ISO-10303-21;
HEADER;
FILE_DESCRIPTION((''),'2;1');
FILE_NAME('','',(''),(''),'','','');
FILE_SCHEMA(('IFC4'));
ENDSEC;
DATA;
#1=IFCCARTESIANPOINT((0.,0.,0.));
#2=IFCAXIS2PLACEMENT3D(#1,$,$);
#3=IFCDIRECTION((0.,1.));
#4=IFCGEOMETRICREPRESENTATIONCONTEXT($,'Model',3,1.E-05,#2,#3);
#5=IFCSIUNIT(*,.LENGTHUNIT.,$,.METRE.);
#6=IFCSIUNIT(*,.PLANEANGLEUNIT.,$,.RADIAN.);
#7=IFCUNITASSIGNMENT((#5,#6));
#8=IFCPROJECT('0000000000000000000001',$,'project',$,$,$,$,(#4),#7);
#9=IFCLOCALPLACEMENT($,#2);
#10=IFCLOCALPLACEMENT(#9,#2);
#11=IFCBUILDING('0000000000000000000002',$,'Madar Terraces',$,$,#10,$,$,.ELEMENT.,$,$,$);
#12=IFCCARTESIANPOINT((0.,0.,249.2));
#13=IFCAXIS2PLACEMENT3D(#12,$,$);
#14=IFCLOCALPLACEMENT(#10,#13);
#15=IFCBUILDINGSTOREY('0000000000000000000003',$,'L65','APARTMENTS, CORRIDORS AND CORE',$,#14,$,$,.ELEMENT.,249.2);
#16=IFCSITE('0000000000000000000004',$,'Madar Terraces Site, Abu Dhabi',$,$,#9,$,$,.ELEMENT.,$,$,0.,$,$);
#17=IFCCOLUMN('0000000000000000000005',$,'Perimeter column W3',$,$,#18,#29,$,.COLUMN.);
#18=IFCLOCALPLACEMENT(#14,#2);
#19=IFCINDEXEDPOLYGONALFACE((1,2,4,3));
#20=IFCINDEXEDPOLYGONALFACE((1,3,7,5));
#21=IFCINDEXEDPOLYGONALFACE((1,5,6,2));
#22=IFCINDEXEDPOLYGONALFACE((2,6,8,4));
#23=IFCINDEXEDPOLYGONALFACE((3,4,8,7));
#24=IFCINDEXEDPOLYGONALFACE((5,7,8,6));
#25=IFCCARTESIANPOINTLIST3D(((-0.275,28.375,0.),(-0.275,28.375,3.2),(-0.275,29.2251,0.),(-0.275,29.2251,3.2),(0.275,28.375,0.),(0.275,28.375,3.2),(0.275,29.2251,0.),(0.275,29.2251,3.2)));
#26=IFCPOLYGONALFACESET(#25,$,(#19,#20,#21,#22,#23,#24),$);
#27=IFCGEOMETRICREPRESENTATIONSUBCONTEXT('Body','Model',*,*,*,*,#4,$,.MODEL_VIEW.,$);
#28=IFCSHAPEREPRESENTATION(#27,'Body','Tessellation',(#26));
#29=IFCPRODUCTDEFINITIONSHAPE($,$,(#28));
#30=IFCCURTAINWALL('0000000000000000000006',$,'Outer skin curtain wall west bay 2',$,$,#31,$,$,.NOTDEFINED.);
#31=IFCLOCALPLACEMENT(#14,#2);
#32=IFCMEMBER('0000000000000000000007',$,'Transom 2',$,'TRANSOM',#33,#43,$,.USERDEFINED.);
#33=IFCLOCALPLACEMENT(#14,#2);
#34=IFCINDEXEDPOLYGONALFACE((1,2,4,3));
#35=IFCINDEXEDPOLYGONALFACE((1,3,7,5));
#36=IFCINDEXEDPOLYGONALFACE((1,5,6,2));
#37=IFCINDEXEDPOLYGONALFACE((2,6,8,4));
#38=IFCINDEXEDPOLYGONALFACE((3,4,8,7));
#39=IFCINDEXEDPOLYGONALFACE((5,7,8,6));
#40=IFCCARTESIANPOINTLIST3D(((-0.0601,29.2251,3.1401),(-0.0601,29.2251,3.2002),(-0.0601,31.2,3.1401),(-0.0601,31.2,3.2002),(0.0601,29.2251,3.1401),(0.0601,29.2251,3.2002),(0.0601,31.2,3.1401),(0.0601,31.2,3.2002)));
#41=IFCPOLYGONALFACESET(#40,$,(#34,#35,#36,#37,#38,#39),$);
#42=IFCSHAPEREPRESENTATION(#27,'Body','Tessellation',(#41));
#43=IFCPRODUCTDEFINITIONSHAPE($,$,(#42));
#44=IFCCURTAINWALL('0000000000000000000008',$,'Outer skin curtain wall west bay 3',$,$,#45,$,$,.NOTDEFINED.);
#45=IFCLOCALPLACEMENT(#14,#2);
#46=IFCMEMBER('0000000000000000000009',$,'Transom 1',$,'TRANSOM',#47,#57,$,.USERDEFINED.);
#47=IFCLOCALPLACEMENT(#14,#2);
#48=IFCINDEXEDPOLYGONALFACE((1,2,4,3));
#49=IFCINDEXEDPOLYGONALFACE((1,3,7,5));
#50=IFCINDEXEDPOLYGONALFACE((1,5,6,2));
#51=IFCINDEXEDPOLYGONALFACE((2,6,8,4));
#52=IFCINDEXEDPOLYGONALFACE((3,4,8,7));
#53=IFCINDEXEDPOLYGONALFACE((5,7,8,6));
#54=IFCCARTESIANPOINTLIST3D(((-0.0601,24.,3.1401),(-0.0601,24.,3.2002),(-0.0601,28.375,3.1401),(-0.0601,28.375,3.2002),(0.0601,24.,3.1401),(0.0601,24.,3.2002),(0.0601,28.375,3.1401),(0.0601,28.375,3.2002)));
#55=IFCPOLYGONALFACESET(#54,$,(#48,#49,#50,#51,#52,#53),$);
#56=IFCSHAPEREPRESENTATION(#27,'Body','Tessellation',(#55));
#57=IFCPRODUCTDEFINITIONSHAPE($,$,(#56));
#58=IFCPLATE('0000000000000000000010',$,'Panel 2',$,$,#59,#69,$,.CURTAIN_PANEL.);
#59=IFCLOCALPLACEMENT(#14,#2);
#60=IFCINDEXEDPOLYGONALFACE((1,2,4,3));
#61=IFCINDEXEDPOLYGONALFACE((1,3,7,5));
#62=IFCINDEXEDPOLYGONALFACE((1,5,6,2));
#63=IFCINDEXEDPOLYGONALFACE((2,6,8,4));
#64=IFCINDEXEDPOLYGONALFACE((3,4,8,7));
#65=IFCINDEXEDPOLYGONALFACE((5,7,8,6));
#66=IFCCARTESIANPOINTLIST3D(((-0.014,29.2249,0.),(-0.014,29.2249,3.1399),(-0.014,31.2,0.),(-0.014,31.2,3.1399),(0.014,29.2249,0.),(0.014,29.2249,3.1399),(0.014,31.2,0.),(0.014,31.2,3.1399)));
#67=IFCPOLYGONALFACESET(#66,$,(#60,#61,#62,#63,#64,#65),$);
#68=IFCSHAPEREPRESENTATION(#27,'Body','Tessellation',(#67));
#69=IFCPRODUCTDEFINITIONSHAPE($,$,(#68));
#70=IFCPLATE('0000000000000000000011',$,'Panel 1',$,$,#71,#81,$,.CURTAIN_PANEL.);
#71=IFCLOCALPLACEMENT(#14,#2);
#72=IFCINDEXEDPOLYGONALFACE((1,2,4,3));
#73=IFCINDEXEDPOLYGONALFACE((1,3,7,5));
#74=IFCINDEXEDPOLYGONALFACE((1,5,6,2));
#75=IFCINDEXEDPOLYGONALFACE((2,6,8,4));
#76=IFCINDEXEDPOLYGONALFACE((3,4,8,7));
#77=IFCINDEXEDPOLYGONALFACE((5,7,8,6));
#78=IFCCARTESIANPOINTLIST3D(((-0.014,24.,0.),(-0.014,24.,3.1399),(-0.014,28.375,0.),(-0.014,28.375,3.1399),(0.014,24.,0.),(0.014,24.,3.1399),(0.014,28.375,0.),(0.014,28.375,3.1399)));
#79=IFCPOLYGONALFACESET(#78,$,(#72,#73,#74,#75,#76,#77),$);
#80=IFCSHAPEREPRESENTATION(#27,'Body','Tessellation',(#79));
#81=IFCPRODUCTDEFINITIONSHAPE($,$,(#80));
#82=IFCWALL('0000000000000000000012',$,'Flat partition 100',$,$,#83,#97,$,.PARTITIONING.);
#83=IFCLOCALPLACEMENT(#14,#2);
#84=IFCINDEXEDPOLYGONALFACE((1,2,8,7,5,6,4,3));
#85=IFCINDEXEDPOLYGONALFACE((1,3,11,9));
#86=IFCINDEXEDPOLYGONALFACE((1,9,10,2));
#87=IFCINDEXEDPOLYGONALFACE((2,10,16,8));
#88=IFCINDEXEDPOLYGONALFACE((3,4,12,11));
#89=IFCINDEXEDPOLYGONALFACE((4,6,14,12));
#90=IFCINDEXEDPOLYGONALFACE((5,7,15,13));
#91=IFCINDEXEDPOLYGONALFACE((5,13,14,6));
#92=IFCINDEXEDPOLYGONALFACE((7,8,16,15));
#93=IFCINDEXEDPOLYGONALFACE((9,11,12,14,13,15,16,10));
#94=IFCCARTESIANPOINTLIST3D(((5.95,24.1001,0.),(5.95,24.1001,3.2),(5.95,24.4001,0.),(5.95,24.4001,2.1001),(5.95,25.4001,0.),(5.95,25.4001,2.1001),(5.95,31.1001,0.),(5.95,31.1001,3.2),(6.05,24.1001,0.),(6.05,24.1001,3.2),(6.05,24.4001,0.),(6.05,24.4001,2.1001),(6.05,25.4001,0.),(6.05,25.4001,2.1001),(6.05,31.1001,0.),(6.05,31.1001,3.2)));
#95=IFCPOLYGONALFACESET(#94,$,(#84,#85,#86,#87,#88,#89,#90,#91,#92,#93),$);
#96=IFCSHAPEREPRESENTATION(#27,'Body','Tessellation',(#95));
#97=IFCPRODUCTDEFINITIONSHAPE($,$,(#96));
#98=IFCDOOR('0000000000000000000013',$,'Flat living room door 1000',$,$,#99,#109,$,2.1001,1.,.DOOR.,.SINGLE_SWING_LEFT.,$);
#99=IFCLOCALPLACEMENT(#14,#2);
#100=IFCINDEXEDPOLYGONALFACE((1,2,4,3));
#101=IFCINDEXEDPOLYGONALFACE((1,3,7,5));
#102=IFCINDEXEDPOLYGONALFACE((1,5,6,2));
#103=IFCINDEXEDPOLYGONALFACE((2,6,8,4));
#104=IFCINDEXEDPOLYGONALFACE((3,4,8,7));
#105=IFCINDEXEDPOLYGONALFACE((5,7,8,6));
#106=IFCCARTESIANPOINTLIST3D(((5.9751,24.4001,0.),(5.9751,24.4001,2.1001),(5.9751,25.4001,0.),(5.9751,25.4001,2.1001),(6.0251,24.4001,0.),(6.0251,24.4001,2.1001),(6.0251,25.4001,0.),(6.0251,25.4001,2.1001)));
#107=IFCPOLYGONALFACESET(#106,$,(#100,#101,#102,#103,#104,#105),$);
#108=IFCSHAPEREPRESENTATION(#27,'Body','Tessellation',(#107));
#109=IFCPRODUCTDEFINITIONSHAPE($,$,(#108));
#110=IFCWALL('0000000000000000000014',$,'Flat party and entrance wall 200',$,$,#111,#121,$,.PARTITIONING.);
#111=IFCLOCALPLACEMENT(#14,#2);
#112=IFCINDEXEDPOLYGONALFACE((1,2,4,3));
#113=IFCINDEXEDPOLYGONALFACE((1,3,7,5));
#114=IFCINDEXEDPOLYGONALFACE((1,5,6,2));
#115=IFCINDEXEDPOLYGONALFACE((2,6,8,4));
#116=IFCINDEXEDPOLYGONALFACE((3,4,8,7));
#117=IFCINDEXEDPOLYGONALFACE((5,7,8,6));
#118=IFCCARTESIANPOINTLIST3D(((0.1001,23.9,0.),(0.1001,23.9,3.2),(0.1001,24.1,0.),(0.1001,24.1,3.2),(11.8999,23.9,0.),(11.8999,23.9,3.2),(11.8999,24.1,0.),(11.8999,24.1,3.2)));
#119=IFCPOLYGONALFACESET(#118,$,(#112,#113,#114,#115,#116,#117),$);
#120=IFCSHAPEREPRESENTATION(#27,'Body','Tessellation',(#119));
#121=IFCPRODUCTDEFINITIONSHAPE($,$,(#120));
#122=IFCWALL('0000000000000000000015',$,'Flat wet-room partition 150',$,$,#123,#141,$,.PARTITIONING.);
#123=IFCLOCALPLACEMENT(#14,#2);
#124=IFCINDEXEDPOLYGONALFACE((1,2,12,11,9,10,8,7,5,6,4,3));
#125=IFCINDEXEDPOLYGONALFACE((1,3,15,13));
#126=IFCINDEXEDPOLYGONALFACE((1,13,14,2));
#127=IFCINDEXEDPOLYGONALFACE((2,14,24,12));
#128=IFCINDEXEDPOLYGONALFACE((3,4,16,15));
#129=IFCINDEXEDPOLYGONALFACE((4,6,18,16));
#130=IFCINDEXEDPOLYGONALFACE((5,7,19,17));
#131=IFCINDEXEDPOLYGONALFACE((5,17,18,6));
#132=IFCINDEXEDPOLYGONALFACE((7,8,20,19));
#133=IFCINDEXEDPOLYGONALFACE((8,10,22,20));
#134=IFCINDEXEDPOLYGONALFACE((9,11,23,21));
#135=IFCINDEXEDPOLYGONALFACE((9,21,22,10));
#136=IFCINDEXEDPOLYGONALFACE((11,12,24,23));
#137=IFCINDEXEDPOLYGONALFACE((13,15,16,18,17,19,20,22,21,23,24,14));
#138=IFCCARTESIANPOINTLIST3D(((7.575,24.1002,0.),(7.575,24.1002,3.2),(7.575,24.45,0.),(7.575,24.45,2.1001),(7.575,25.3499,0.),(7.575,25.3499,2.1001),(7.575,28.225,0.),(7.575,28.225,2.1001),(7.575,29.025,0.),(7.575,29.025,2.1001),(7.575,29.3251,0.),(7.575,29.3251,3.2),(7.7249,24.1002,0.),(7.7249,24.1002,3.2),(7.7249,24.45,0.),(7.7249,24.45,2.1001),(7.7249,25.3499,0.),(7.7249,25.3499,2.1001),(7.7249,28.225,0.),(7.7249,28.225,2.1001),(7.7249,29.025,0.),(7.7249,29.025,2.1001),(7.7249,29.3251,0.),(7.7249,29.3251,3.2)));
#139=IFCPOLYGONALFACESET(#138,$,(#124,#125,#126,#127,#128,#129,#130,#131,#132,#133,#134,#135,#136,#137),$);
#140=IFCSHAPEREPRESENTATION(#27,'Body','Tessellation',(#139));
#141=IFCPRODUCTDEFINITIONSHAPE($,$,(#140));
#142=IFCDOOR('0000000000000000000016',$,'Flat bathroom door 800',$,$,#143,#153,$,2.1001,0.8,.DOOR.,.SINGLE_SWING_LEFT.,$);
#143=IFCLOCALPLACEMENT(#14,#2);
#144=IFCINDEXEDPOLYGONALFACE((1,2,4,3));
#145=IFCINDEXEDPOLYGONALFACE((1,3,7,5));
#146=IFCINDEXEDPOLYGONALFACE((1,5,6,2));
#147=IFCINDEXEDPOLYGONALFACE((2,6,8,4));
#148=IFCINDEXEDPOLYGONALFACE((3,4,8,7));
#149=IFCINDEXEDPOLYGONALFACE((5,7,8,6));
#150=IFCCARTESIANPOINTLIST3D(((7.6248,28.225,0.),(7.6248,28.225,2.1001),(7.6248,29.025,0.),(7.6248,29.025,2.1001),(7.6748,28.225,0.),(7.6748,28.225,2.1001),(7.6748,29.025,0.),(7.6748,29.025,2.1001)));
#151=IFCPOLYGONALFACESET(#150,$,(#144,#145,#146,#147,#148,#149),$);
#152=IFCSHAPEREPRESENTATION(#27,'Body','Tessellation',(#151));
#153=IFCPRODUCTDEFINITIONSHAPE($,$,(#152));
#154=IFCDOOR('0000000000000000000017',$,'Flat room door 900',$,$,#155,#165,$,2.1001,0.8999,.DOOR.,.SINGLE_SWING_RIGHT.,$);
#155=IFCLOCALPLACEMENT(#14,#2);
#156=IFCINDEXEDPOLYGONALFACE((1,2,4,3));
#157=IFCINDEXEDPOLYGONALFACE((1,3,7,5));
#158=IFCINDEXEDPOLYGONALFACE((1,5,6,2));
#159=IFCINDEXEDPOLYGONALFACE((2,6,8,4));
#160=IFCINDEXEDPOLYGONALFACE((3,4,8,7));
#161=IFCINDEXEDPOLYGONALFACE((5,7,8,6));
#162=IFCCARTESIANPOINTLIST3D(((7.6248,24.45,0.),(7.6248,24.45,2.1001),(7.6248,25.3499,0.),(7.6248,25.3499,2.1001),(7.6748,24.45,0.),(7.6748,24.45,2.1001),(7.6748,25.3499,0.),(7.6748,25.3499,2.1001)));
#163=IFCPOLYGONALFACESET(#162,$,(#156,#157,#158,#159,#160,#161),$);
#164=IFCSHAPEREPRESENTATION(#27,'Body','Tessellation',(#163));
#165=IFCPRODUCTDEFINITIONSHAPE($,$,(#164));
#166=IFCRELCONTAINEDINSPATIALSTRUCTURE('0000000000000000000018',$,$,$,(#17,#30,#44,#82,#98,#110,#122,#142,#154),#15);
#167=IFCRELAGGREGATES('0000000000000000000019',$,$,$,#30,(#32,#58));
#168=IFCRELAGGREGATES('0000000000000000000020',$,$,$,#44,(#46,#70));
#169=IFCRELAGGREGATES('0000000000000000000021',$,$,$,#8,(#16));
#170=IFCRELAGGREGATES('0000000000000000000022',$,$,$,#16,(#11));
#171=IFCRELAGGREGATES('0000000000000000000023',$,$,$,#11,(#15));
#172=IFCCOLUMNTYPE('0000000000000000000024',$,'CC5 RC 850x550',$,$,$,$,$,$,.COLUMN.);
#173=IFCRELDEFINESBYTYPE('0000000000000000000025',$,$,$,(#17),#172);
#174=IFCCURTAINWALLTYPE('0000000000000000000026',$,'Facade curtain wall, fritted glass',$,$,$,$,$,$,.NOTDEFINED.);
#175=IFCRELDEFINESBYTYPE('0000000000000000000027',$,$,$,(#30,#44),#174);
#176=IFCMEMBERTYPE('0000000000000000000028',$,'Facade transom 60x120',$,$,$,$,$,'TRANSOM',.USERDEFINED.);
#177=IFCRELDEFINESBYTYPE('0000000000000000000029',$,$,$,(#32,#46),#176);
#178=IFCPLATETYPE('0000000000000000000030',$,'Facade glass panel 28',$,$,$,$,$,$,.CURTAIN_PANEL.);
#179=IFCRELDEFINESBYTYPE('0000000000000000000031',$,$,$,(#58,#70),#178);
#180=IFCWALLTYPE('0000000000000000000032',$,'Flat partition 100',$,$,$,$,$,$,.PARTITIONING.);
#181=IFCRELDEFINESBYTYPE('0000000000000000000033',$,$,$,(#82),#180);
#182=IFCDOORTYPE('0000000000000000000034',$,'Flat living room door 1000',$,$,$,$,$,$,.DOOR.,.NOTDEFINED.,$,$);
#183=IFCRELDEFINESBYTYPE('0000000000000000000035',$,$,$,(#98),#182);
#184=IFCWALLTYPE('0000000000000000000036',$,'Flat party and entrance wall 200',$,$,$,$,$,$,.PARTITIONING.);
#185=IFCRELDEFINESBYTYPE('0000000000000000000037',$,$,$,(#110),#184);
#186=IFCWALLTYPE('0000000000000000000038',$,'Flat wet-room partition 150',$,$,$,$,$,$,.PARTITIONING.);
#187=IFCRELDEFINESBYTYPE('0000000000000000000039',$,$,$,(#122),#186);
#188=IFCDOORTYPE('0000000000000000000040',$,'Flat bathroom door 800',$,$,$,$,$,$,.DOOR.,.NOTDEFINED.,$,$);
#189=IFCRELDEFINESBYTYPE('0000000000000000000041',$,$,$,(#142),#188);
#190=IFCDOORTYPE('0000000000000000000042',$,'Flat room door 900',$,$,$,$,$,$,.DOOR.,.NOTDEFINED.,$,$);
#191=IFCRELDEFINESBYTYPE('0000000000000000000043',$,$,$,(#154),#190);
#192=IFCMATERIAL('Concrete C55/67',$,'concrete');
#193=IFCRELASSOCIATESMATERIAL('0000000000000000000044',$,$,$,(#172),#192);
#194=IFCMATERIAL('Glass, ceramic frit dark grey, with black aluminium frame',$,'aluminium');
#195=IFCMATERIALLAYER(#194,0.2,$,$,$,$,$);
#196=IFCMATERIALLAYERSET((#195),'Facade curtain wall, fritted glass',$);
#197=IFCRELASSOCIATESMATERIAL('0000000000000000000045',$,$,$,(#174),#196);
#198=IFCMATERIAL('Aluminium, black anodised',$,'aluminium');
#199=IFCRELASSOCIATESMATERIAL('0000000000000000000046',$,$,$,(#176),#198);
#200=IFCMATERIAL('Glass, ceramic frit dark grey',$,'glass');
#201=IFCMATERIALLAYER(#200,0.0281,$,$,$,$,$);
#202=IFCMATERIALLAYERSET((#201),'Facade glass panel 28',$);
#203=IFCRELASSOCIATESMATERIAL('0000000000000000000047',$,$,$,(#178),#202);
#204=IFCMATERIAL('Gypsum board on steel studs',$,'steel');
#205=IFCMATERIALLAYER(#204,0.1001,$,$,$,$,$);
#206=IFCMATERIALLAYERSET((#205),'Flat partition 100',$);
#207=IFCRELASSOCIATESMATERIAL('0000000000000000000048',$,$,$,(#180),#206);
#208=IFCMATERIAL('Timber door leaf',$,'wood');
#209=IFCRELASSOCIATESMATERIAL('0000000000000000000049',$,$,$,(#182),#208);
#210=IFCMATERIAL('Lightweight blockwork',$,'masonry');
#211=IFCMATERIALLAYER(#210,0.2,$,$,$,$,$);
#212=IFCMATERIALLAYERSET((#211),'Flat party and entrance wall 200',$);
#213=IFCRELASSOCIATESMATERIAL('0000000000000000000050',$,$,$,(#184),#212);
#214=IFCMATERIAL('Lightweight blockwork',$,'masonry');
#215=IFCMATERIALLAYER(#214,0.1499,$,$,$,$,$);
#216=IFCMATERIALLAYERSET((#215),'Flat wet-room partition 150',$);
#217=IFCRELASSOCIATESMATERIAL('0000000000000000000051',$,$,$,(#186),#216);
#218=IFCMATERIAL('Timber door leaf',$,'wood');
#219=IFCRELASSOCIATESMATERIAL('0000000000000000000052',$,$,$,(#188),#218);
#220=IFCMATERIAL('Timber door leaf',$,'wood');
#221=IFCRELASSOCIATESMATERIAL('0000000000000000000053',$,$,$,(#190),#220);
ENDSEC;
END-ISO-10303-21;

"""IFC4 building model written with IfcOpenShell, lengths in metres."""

from ifc_helpers import new_model, si_unit, direction, frame, frame_2d, origin, origin_2d, place, context, subcontext, project, spatial, rectangle, extrude, material, layer, layer_set, material_profile, profile_set, type_object, element, fill, aggregate, save


model = new_model("IFC4")

# Units and contexts
model_context = context("Model", 3, precision=1e-05, world=origin(), true_north=direction((0.0, 1.0)))
body_context = subcontext(model_context, "Body", "Model", "MODEL_VIEW")
ifc_project = project(units=[si_unit("LENGTHUNIT", "METRE"), si_unit("PLANEANGLEUNIT", "RADIAN")], contexts=[model_context])

# Site, building, storey
site_placement = place(None, origin())
site = spatial("IfcSite", under=ifc_project, at=site_placement, Name="Madar Terraces Site, Abu Dhabi", CompositionType="ELEMENT", RefElevation=0.0)
building_placement = place(site_placement, origin())
building = spatial("IfcBuilding", under=site, at=building_placement, Name="Madar Terraces", CompositionType="ELEMENT")
storey_placement = place(building_placement, frame((0.0, 0.0, 249.2)))
storey = spatial("IfcBuildingStorey", under=building, at=storey_placement, Name="L65", Description="APARTMENTS, CORRIDORS AND CORE", CompositionType="ELEMENT", Elevation=249.2)

# Column
ifc_material_1 = material(Name="Concrete C55/67", Category="concrete")
ifc_material_profile_1 = material_profile(ifc_material_1, rectangle(XDim=0.8501, YDim=0.55, at=origin_2d()), Name="CC5 RC 850x550")
ifc_profile_set_1 = profile_set([ifc_material_profile_1], Name="Concrete C55/67")
column_type = type_object("IfcColumnType", Name="CC5 RC 850x550", PredefinedType="COLUMN", material=ifc_profile_set_1)
column_placement = place(storey_placement, frame((0.0, 28.8, 0.0), z_axis=(0.0, 0.0, 1.0), x_axis=(0.0, 1.0, 0.0)))
element("IfcColumn", 1, at=column_placement, inside=storey, type_object=column_type, Name="Perimeter column W3", PredefinedType="COLUMN", context=body_context, shape_type="SweptSolid", body=[
    extrude(rectangle(XDim=0.8501, YDim=0.55, at=origin_2d()), origin(), (0.0, 0.0, 1.0), 3.2),
])

# Curtain walls, members
ifc_material_2 = material(Name="Glass, ceramic frit dark grey, with black aluminium frame", Category="aluminium")
ifc_layer_1 = layer(ifc_material_2, 0.2)
ifc_layer_set_1 = layer_set([ifc_layer_1], Name="Facade curtain wall, fritted glass")
curtain_wall_type = type_object("IfcCurtainWallType", Name="Facade curtain wall, fritted glass", PredefinedType="NOTDEFINED", material=ifc_layer_set_1)
curtain_wall_1_placement = place(storey_placement, origin())
curtain_wall_1 = element("IfcCurtainWall", 2, at=curtain_wall_1_placement, inside=storey, type_object=curtain_wall_type, Name="Outer skin curtain wall west bay 2", PredefinedType="NOTDEFINED")
ifc_material_3 = material(Name="Aluminium, black anodised", Category="aluminium")
ifc_material_profile_2 = material_profile(ifc_material_3, rectangle(XDim=0.1201, YDim=0.0601, at=origin_2d()), Name="Facade transom 60x120")
ifc_profile_set_2 = profile_set([ifc_material_profile_2], Name="Aluminium, black anodised")
member_type = type_object("IfcMemberType", Name="Facade transom 60x120", ElementType="TRANSOM", PredefinedType="USERDEFINED", material=ifc_profile_set_2)
member_1_placement = place(storey_placement, frame((0.0, 31.2, 3.1702), z_axis=(0.0, -1.0, 0.0), x_axis=(1.0, 0.0, 0.0)))
member_1 = element("IfcMember", 3, at=member_1_placement, type_object=member_type, Name="Transom 2", ObjectType="TRANSOM", PredefinedType="USERDEFINED", context=body_context, shape_type="SweptSolid", body=[
    extrude(rectangle(XDim=0.1201, YDim=0.0601, at=origin_2d()), origin(), (0.0, 0.0, 1.0), 1.9749),
])
curtain_wall_2_placement = place(storey_placement, origin())
curtain_wall_2 = element("IfcCurtainWall", 4, at=curtain_wall_2_placement, inside=storey, type_object=curtain_wall_type, Name="Outer skin curtain wall west bay 3", PredefinedType="NOTDEFINED")
member_2_placement = place(storey_placement, frame((0.0, 28.375, 3.1702), z_axis=(0.0, -1.0, 0.0), x_axis=(1.0, 0.0, 0.0)))
member_2 = element("IfcMember", 5, at=member_2_placement, type_object=member_type, Name="Transom 1", ObjectType="TRANSOM", PredefinedType="USERDEFINED", context=body_context, shape_type="SweptSolid", body=[
    extrude(rectangle(XDim=0.1201, YDim=0.0601, at=origin_2d()), origin(), (0.0, 0.0, 1.0), 4.375),
])

# Plates
ifc_material_4 = material(Name="Glass, ceramic frit dark grey", Category="glass")
ifc_layer_2 = layer(ifc_material_4, 0.0281)
ifc_layer_set_2 = layer_set([ifc_layer_2], Name="Facade glass panel 28")
plate_type = type_object("IfcPlateType", Name="Facade glass panel 28", PredefinedType="CURTAIN_PANEL", material=ifc_layer_set_2)
plate_1_placement = place(storey_placement, frame((0.0, 30.2124, 0.0), z_axis=(0.0, 0.0, 1.0), x_axis=(0.0, -1.0, 0.0)))
plate_1 = element("IfcPlate", 6, at=plate_1_placement, type_object=plate_type, Name="Panel 2", PredefinedType="CURTAIN_PANEL", context=body_context, shape_type="SweptSolid", body=[
    extrude(rectangle(XDim=1.9751, YDim=0.0281, at=origin_2d()), origin(), (0.0, 0.0, 1.0), 3.1399),
])
aggregate(curtain_wall_1, [member_1, plate_1])
plate_2_placement = place(storey_placement, frame((0.0, 26.1875, 0.0), z_axis=(0.0, 0.0, 1.0), x_axis=(0.0, -1.0, 0.0)))
plate_2 = element("IfcPlate", 7, at=plate_2_placement, type_object=plate_type, Name="Panel 1", PredefinedType="CURTAIN_PANEL", context=body_context, shape_type="SweptSolid", body=[
    extrude(rectangle(XDim=4.375, YDim=0.0281, at=origin_2d()), origin(), (0.0, 0.0, 1.0), 3.1399),
])
aggregate(curtain_wall_2, [member_2, plate_2])

# Wall, opening, door
ifc_material_5 = material(Name="Gypsum board on steel studs", Category="steel")
ifc_layer_3 = layer(ifc_material_5, 0.1001)
ifc_layer_set_3 = layer_set([ifc_layer_3], Name="Flat partition 100")
wall_type_1 = type_object("IfcWallType", Name="Flat partition 100", PredefinedType="PARTITIONING", material=ifc_layer_set_3)
wall_1_placement = place(storey_placement, frame((6.0, 24.1001, 0.0), z_axis=(0.0, 0.0, 1.0), x_axis=(0.0, 1.0, 0.0)))
wall_1 = element("IfcWall", 8, at=wall_1_placement, inside=storey, type_object=wall_type_1, Name="Flat partition 100", PredefinedType="PARTITIONING", context=body_context, shape_type="SweptSolid", body=[
    extrude(rectangle(XDim=7.0, YDim=0.1001, at=frame_2d((3.5, 0.0))), origin(), (0.0, 0.0, 1.0), 3.2),
])
opening_1_placement = place(wall_1_placement, frame((0.3, 0.0, 0.0)))
opening_1 = element("IfcOpeningElement", 9, at=opening_1_placement, cuts=wall_1, PredefinedType="OPENING", context=body_context, shape_type="SweptSolid", body=[
    extrude(rectangle(XDim=1.0, YDim=2.1001, at=frame_2d((0.5, 1.05))), frame((0.0, 0.0601, 0.0), z_axis=(0.0, -1.0, 0.0), x_axis=(1.0, 0.0, 0.0)), (0.0, 0.0, 1.0), 0.1201),
])
ifc_material_6 = material(Name="Timber door leaf", Category="wood")
door_type_1 = type_object("IfcDoorType", Name="Flat living room door 1000", OperationType="NOTDEFINED", PredefinedType="DOOR", material=ifc_material_6)
door_1_placement = place(opening_1_placement, origin())
door_1 = element("IfcDoor", 10, at=door_1_placement, inside=storey, type_object=door_type_1, Name="Flat living room door 1000", OperationType="SINGLE_SWING_LEFT", OverallHeight=2.1001, OverallWidth=1.0, PredefinedType="DOOR", context=body_context, shape_type="SweptSolid", body=[
    extrude(rectangle(XDim=1.0, YDim=2.1001, at=frame_2d((0.5, 1.05))), frame((0.0, 0.0249, 0.0), z_axis=(0.0, -1.0, 0.0), x_axis=(1.0, 0.0, 0.0)), (0.0, 0.0, 1.0), 0.05),
])
fill(opening_1, door_1)

# Wall
ifc_material_7 = material(Name="Lightweight blockwork", Category="masonry")
ifc_layer_4 = layer(ifc_material_7, 0.2)
ifc_layer_set_4 = layer_set([ifc_layer_4], Name="Flat party and entrance wall 200")
wall_type_2 = type_object("IfcWallType", Name="Flat party and entrance wall 200", PredefinedType="PARTITIONING", material=ifc_layer_set_4)
wall_2_placement = place(storey_placement, frame((0.1001, 24.0, 0.0), z_axis=(0.0, 0.0, 1.0), x_axis=(1.0, 0.0, 0.0)))
element("IfcWall", 11, at=wall_2_placement, inside=storey, type_object=wall_type_2, Name="Flat party and entrance wall 200", PredefinedType="PARTITIONING", context=body_context, shape_type="SweptSolid", body=[
    extrude(rectangle(XDim=11.7998, YDim=0.2, at=frame_2d((5.8999, 0.0))), origin(), (0.0, 0.0, 1.0), 3.2),
])

# Wall, openings, doors
ifc_material_8 = material(Name="Lightweight blockwork", Category="masonry")
ifc_layer_5 = layer(ifc_material_8, 0.1499)
ifc_layer_set_5 = layer_set([ifc_layer_5], Name="Flat wet-room partition 150")
wall_type_3 = type_object("IfcWallType", Name="Flat wet-room partition 150", PredefinedType="PARTITIONING", material=ifc_layer_set_5)
wall_3_placement = place(storey_placement, frame((7.6499, 29.325, 0.0), z_axis=(0.0, 0.0, 1.0), x_axis=(0.0, -1.0, 0.0)))
wall_3 = element("IfcWall", 12, at=wall_3_placement, inside=storey, type_object=wall_type_3, Name="Flat wet-room partition 150", PredefinedType="PARTITIONING", context=body_context, shape_type="SweptSolid", body=[
    extrude(rectangle(XDim=5.2249, YDim=0.1499, at=frame_2d((2.6123, 0.0))), origin(), (0.0, 0.0, 1.0), 3.2),
])
opening_2_placement = place(wall_3_placement, frame((0.3, 0.0, 0.0)))
opening_2 = element("IfcOpeningElement", 13, at=opening_2_placement, cuts=wall_3, PredefinedType="OPENING", context=body_context, shape_type="SweptSolid", body=[
    extrude(rectangle(XDim=0.8, YDim=2.1001, at=frame_2d((0.3999, 1.05))), frame((0.0, 0.085, 0.0), z_axis=(0.0, -1.0, 0.0), x_axis=(1.0, 0.0, 0.0)), (0.0, 0.0, 1.0), 0.1699),
])
opening_3_placement = place(wall_3_placement, frame((3.9751, 0.0, 0.0)))
opening_3 = element("IfcOpeningElement", 14, at=opening_3_placement, cuts=wall_3, PredefinedType="OPENING", context=body_context, shape_type="SweptSolid", body=[
    extrude(rectangle(XDim=0.8999, YDim=2.1001, at=frame_2d((0.45, 1.05))), frame((0.0, 0.085, 0.0), z_axis=(0.0, -1.0, 0.0), x_axis=(1.0, 0.0, 0.0)), (0.0, 0.0, 1.0), 0.1699),
])
ifc_material_9 = material(Name="Timber door leaf", Category="wood")
door_type_2 = type_object("IfcDoorType", Name="Flat bathroom door 800", OperationType="NOTDEFINED", PredefinedType="DOOR", material=ifc_material_9)
door_2_placement = place(opening_2_placement, origin())
door_2 = element("IfcDoor", 15, at=door_2_placement, inside=storey, type_object=door_type_2, Name="Flat bathroom door 800", OperationType="SINGLE_SWING_LEFT", OverallHeight=2.1001, OverallWidth=0.8, PredefinedType="DOOR", context=body_context, shape_type="SweptSolid", body=[
    extrude(rectangle(XDim=0.8, YDim=2.1001, at=frame_2d((0.3999, 1.05))), frame((0.0, 0.0249, 0.0), z_axis=(0.0, -1.0, 0.0), x_axis=(1.0, 0.0, 0.0)), (0.0, 0.0, 1.0), 0.05),
])
fill(opening_2, door_2)
ifc_material_10 = material(Name="Timber door leaf", Category="wood")
door_type_3 = type_object("IfcDoorType", Name="Flat room door 900", OperationType="NOTDEFINED", PredefinedType="DOOR", material=ifc_material_10)
door_3_placement = place(opening_3_placement, origin())
door_3 = element("IfcDoor", 16, at=door_3_placement, inside=storey, type_object=door_type_3, Name="Flat room door 900", OperationType="SINGLE_SWING_RIGHT", OverallHeight=2.1001, OverallWidth=0.8999, PredefinedType="DOOR", context=body_context, shape_type="SweptSolid", body=[
    extrude(rectangle(XDim=0.8999, YDim=2.1001, at=frame_2d((0.45, 1.05))), frame((0.0, 0.0249, 0.0), z_axis=(0.0, -1.0, 0.0), x_axis=(1.0, 0.0, 0.0)), (0.0, 0.0, 1.0), 0.05),
])
fill(opening_3, door_3)

save(model, "model.ifc")
